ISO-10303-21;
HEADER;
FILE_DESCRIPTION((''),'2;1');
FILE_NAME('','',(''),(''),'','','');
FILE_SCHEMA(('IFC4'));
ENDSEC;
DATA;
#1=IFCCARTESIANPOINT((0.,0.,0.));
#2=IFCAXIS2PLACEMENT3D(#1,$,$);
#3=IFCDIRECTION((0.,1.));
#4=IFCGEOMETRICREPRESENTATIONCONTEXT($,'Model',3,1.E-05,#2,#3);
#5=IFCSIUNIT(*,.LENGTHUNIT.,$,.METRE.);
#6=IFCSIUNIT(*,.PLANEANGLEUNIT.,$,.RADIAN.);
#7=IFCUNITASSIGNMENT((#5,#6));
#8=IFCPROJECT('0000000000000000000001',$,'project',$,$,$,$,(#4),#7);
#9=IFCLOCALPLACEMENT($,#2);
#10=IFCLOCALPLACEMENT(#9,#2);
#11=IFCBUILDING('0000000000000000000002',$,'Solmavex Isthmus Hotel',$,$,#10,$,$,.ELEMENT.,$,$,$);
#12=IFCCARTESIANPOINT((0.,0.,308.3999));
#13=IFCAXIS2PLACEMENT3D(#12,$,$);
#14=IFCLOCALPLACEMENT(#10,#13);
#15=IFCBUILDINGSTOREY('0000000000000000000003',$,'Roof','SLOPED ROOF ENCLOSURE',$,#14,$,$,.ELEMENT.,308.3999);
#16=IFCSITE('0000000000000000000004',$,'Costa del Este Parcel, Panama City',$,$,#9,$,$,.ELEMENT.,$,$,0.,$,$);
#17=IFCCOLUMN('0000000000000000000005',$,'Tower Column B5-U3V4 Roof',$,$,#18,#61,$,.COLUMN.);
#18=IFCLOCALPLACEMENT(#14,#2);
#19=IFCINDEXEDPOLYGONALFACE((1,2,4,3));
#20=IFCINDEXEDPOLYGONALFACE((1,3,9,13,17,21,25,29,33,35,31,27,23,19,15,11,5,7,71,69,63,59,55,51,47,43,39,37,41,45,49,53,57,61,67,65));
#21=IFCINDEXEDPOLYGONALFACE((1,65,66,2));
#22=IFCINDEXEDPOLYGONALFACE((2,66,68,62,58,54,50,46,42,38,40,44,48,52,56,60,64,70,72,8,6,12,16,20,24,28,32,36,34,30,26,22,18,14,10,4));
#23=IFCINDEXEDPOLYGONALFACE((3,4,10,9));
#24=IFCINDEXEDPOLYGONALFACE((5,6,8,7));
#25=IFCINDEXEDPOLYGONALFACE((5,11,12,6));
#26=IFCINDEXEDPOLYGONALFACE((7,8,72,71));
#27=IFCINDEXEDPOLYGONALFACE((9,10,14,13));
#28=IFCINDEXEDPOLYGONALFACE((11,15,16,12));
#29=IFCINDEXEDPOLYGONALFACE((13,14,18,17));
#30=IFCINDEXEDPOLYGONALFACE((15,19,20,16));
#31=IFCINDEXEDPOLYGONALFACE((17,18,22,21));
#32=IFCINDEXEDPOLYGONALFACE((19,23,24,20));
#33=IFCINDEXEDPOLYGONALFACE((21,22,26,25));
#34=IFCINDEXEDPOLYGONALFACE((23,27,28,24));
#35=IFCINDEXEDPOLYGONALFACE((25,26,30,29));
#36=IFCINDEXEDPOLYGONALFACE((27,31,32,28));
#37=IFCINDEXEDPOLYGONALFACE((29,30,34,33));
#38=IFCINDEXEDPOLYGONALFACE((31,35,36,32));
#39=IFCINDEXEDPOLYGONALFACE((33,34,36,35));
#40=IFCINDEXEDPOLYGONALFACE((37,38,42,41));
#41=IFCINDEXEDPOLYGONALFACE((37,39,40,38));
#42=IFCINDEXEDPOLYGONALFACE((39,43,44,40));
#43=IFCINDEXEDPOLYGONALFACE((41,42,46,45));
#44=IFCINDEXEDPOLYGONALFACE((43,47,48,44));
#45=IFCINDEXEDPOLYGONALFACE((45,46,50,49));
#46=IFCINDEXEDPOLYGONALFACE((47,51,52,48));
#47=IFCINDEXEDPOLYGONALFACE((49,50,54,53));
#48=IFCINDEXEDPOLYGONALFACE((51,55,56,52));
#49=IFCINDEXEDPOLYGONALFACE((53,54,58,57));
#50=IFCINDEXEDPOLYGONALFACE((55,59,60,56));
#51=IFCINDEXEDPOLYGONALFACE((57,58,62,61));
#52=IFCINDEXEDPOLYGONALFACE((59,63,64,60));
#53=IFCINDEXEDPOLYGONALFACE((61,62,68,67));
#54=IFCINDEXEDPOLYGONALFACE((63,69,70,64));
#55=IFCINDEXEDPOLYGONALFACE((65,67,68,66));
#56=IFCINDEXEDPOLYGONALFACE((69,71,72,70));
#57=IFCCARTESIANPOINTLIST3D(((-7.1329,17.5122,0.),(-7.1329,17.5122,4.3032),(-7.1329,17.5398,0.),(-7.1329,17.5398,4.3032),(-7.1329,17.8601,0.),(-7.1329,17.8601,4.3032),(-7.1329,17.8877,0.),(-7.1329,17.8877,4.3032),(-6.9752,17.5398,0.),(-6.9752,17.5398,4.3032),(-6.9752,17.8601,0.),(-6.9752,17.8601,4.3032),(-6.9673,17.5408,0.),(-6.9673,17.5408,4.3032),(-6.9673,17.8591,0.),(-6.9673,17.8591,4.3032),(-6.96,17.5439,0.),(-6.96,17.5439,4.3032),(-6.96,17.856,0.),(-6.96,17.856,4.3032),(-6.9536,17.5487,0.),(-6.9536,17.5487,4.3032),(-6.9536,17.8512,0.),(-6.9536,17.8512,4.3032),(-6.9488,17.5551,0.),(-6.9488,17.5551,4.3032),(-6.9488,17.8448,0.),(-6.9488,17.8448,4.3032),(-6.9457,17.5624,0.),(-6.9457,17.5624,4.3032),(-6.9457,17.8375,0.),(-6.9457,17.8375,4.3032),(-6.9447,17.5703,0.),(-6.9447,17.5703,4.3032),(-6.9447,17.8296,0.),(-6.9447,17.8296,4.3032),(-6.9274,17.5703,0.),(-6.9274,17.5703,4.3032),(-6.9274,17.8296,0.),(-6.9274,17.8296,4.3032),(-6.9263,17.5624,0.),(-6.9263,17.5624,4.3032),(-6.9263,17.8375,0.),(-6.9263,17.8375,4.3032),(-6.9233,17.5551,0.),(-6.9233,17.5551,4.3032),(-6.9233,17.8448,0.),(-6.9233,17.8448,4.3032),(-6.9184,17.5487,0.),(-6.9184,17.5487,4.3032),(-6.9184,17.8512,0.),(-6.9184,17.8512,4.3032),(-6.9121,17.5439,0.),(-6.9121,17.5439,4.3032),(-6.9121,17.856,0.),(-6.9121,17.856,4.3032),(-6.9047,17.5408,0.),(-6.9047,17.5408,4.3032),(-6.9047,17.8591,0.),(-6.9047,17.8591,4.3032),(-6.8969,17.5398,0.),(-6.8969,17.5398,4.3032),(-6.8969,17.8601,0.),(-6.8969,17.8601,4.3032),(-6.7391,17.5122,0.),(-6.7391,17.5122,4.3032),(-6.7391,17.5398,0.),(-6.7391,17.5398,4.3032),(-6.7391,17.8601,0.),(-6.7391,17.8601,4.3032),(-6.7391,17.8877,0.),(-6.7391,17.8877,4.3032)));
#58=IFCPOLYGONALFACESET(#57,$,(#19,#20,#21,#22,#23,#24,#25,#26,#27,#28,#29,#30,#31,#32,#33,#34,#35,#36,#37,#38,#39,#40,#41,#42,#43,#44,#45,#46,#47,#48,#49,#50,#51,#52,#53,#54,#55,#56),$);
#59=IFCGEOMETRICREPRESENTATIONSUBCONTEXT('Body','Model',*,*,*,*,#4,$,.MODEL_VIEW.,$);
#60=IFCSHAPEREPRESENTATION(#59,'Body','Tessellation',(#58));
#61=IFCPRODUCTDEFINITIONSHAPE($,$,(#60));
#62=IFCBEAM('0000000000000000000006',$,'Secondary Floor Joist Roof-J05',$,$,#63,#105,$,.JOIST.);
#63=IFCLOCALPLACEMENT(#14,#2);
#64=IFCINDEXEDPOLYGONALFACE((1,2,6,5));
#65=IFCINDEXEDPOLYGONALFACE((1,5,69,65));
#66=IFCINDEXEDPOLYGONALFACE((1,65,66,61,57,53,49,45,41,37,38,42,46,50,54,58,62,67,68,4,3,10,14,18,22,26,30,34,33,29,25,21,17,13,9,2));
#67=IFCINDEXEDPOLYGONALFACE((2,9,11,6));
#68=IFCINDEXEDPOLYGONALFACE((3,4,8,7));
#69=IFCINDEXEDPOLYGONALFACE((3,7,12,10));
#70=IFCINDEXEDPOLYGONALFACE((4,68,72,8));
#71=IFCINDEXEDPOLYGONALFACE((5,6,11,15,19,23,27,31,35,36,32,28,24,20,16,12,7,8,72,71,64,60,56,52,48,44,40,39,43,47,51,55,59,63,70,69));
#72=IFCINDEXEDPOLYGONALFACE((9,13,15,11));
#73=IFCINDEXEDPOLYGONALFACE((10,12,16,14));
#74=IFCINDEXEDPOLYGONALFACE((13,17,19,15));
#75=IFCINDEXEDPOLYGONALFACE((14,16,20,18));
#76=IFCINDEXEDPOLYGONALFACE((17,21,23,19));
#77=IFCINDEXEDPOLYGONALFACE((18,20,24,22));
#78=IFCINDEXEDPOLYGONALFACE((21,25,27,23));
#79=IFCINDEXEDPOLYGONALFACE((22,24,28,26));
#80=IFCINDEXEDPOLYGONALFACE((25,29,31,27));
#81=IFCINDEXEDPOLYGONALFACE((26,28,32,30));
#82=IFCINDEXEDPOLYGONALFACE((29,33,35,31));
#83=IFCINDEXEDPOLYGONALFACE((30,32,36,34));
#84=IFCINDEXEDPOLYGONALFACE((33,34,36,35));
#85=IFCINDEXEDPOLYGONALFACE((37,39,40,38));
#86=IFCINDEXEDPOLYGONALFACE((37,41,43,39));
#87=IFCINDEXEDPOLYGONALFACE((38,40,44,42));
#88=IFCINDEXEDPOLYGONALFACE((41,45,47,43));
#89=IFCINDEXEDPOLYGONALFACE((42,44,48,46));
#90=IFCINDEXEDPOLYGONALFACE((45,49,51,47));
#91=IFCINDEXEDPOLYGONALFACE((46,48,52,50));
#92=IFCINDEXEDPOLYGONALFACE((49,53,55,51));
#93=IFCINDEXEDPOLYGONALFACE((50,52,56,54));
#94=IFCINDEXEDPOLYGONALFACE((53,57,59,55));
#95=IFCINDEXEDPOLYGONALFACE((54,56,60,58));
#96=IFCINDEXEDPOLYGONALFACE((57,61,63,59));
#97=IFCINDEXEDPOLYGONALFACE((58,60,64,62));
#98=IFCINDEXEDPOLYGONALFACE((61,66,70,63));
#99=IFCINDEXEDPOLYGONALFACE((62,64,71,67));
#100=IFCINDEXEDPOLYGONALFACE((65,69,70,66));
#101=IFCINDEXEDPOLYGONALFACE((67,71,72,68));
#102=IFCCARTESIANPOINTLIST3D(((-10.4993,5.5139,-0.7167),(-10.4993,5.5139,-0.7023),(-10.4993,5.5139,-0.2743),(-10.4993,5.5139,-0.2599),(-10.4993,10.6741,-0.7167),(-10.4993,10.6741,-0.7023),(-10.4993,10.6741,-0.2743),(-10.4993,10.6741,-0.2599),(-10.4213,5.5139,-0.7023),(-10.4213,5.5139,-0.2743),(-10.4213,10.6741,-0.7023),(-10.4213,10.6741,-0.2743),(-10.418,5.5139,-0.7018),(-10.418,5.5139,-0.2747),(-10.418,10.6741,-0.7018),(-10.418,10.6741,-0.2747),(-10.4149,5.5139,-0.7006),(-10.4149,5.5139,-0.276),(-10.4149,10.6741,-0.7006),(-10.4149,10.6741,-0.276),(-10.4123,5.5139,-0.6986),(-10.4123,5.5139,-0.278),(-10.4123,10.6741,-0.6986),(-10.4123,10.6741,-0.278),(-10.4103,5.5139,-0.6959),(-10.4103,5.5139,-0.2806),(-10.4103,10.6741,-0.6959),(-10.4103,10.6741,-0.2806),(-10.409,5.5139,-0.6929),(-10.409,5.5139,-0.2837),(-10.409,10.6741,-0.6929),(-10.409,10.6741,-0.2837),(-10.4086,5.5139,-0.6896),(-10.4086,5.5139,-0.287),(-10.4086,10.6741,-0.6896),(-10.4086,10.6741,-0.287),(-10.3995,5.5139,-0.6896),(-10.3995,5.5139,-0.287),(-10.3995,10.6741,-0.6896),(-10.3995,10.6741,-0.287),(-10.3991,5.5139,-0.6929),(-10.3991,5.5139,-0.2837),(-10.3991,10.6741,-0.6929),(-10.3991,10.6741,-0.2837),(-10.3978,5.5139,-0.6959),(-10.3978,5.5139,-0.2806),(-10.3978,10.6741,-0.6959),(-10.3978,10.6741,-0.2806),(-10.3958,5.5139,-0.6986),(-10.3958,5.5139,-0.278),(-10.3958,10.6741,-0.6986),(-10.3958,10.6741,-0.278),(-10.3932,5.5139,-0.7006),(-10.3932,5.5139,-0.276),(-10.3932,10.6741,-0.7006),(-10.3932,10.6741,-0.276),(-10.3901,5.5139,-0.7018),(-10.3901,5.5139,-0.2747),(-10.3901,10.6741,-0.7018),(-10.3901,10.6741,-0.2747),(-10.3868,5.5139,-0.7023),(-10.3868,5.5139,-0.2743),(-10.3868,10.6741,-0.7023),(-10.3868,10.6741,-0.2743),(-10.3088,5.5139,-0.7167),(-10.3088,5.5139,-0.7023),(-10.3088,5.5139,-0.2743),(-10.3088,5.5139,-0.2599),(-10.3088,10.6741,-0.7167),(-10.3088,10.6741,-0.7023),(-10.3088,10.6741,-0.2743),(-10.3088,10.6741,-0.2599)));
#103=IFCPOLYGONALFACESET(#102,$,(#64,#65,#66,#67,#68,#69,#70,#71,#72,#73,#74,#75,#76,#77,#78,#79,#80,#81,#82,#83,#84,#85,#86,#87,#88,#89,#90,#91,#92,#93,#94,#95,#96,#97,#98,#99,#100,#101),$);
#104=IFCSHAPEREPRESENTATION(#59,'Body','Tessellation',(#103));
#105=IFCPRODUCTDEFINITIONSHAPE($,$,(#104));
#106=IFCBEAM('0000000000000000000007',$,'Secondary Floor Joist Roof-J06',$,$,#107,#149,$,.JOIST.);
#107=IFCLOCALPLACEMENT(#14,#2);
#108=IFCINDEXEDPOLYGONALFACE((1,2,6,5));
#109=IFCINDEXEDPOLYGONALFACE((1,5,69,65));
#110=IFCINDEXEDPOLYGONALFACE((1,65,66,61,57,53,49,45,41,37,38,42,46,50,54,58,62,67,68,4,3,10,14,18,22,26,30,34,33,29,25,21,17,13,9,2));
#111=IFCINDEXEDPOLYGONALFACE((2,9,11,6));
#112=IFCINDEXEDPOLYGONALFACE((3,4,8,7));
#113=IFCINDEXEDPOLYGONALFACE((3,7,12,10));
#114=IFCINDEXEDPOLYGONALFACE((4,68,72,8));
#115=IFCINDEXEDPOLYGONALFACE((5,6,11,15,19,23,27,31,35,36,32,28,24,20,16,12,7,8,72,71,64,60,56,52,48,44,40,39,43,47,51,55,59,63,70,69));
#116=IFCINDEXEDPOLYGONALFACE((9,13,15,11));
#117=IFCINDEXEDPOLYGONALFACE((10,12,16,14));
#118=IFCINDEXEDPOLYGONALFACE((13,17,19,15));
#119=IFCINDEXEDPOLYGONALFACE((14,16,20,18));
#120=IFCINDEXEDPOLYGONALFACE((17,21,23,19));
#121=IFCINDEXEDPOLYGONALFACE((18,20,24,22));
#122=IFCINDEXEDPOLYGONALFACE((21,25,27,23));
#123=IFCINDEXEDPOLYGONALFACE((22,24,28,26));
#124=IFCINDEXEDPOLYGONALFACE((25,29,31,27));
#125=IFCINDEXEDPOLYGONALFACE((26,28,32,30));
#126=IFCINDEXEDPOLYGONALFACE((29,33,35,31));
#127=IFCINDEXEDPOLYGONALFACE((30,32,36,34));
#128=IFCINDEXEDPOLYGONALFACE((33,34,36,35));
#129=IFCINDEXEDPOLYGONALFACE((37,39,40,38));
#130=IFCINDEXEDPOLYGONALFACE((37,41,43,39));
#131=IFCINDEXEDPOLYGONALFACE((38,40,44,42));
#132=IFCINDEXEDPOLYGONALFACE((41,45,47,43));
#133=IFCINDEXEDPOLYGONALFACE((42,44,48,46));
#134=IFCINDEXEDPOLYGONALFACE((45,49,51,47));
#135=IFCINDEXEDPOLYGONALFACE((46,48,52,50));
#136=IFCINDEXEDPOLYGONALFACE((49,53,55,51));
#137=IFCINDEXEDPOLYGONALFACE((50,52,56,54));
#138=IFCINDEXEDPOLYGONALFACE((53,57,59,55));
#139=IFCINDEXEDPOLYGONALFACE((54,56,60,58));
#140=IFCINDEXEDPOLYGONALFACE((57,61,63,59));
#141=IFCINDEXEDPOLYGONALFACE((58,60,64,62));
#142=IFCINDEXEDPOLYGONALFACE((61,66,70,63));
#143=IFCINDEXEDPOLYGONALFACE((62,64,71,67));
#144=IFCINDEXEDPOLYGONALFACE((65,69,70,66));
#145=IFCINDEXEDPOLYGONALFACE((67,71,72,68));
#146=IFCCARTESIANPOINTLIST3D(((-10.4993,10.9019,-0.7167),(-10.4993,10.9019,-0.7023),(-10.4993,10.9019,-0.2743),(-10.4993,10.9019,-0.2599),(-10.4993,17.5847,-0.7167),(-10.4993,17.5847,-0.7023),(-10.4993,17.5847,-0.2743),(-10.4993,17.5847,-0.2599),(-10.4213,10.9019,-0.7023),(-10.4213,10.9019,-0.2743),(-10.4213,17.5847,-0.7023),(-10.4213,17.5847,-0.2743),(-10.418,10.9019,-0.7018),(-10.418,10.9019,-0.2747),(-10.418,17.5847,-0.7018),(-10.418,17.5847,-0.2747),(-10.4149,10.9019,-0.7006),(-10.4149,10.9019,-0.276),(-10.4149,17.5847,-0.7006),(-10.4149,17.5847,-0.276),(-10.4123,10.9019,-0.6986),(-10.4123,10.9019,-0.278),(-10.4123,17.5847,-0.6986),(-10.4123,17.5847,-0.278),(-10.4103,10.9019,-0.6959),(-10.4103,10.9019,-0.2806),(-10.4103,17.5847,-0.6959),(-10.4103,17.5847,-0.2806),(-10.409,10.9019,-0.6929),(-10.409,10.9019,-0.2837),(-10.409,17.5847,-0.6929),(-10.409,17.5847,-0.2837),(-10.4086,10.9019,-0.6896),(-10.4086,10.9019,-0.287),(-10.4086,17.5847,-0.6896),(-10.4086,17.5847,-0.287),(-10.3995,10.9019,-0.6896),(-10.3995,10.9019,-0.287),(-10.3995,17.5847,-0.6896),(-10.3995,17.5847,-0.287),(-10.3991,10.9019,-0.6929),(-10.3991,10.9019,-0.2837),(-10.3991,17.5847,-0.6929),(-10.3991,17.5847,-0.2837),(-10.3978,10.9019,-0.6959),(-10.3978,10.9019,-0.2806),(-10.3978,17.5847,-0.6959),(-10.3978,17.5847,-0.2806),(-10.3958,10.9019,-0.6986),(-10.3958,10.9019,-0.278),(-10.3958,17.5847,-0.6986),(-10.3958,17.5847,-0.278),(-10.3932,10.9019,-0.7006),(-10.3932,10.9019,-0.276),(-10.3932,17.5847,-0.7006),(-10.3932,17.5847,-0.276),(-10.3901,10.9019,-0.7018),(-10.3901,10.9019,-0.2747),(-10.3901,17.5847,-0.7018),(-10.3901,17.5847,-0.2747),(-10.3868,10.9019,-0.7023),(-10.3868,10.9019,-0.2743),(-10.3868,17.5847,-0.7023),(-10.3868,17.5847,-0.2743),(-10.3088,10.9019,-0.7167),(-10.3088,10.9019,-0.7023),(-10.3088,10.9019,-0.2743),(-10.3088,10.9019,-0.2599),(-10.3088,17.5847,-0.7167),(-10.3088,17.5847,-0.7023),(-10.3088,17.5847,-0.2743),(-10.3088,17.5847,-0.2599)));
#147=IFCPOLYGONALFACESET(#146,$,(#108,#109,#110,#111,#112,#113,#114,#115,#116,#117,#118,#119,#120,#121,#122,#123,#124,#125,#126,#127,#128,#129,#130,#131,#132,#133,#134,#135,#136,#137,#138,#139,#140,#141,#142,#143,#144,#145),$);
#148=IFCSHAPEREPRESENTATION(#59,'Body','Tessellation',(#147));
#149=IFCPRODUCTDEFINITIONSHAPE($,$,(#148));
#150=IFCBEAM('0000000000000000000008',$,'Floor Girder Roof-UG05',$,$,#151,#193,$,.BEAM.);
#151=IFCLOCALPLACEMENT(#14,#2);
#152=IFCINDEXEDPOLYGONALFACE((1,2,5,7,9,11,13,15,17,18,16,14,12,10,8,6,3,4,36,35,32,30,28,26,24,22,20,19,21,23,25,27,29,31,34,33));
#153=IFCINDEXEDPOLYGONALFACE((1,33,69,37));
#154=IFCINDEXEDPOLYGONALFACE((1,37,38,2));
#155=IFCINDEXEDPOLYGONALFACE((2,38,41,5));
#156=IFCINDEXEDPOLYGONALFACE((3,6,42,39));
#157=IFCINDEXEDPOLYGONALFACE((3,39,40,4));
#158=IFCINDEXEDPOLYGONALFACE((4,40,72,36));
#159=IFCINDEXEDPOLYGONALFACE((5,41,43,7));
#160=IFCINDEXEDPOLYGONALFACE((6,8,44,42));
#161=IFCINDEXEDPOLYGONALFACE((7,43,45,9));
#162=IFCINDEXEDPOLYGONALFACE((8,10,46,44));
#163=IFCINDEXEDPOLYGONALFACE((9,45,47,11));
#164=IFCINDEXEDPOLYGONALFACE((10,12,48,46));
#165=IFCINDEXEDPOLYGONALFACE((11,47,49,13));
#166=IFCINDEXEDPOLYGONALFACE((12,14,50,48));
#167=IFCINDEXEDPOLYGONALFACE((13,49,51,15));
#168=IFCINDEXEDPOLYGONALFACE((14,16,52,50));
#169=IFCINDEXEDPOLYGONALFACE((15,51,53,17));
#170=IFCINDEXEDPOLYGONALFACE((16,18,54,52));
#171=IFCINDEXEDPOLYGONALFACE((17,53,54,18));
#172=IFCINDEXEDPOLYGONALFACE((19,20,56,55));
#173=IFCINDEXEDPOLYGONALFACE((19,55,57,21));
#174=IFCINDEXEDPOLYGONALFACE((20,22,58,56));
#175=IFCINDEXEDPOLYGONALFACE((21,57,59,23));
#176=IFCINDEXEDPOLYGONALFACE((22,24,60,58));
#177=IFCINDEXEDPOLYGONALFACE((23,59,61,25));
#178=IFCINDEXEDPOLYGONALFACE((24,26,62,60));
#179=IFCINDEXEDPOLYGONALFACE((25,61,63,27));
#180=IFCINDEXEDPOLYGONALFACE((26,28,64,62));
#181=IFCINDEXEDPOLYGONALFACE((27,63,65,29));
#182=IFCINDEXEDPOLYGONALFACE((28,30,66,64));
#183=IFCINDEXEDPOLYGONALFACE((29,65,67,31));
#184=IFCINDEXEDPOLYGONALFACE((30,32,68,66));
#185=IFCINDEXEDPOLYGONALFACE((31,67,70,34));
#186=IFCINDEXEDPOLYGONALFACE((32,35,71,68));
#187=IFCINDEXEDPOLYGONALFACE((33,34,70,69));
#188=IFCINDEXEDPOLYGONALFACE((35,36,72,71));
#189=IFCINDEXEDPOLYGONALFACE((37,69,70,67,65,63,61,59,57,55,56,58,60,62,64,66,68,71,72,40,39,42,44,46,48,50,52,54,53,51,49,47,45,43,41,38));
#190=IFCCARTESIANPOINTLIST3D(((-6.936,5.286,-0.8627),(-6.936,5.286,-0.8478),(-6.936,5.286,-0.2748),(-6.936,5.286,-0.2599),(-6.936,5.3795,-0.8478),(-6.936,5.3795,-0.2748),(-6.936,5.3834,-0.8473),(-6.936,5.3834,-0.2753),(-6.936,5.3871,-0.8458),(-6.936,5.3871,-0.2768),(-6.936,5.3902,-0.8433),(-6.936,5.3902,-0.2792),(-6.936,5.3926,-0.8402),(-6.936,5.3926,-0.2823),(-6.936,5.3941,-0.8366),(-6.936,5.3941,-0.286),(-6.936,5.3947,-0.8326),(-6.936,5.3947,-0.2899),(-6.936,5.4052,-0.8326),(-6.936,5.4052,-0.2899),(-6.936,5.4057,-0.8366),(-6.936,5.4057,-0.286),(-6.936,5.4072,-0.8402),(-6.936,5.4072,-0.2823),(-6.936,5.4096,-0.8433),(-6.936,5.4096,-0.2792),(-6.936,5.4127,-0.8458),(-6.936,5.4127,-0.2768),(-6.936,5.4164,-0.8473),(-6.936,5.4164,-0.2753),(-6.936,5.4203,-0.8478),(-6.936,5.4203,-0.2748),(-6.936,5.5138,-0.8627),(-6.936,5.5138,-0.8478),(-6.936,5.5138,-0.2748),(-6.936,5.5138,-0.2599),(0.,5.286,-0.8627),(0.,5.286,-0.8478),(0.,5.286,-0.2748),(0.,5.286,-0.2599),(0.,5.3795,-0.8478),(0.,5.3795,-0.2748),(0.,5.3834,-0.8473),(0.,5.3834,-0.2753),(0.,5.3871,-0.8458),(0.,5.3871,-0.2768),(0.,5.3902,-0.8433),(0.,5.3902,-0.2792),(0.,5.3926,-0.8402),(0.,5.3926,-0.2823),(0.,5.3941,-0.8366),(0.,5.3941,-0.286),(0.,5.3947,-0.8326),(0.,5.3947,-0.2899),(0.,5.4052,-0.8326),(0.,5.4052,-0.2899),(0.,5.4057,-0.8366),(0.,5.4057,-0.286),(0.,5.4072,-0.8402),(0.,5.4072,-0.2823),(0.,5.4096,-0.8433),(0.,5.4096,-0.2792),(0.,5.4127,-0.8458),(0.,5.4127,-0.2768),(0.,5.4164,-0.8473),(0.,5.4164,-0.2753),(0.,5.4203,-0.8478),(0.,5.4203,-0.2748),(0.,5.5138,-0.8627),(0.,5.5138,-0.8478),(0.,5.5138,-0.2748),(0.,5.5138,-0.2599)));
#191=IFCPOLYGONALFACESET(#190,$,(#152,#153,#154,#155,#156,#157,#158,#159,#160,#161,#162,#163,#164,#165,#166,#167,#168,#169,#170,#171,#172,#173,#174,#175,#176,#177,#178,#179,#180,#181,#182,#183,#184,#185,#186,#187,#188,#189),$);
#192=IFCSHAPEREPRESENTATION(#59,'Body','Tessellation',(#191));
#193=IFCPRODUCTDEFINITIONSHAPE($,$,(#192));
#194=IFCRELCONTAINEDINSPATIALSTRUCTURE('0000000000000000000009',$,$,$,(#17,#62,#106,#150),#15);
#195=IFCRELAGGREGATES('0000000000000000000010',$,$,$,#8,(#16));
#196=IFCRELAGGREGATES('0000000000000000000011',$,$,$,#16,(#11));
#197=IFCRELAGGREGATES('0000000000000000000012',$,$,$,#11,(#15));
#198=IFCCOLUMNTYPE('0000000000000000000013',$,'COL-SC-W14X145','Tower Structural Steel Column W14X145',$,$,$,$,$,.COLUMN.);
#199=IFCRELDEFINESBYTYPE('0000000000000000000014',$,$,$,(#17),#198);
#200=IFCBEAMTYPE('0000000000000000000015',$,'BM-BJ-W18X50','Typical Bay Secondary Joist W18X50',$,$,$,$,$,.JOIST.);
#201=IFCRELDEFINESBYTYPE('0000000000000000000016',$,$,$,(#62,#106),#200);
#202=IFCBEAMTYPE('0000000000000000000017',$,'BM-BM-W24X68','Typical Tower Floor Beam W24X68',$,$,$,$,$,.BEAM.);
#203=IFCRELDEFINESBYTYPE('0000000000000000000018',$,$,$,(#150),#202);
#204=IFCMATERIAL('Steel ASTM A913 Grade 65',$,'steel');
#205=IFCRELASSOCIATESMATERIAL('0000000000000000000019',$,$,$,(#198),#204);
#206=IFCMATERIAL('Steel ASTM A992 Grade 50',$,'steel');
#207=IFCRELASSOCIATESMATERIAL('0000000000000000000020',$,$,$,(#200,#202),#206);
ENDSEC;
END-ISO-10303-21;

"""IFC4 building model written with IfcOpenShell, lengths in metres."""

from ifc_helpers import new_model, si_unit, direction, frame, origin, origin_2d, place, context, subcontext, project, spatial, i_section, extrude, material, material_profile, profile_set, type_object, element, save


model = new_model("IFC4")

# Units and contexts
model_context = context("Model", 3, precision=1e-05, world=origin(), true_north=direction((0.0, 1.0)))
body_context = subcontext(model_context, "Body", "Model", "MODEL_VIEW")
ifc_project = project(units=[si_unit("LENGTHUNIT", "METRE"), si_unit("PLANEANGLEUNIT", "RADIAN")], contexts=[model_context])

# Site, building, storey
site_placement = place(None, origin())
site = spatial("IfcSite", under=ifc_project, at=site_placement, Name="Costa del Este Parcel, Panama City", CompositionType="ELEMENT", RefElevation=0.0)
building_placement = place(site_placement, origin())
building = spatial("IfcBuilding", under=site, at=building_placement, Name="Solmavex Isthmus Hotel", CompositionType="ELEMENT")
storey_placement = place(building_placement, frame((0.0, 0.0, 308.3999)))
storey = spatial("IfcBuildingStorey", under=building, at=storey_placement, Name="Roof", Description="SLOPED ROOF ENCLOSURE", CompositionType="ELEMENT", Elevation=308.3999)

# Column
ifc_material_1 = material(Name="Steel ASTM A913 Grade 65", Category="steel")
ifc_material_profile_1 = material_profile(ifc_material_1, i_section(OverallWidth=0.3938, OverallDepth=0.3755, WebThickness=0.0173, FlangeThickness=0.0276, FilletRadius=0.0305, at=origin_2d()), Name="W14X145")
ifc_profile_set_1 = profile_set([ifc_material_profile_1], Name="Steel ASTM A913 Grade 65")
column_type = type_object("IfcColumnType", Name="COL-SC-W14X145", Description="Tower Structural Steel Column W14X145", PredefinedType="COLUMN", material=ifc_profile_set_1)
for number, where, z_axis, x_axis, name in (
    (1, (-6.936, 17.7, 0.0), (0.0, 0.0, 1.0), (1.0, 0.0, 0.0), "Tower Column B5-U3V4 Roof"),
):
    element("IfcColumn", number, at=place(storey_placement, frame(where, z_axis=z_axis, x_axis=x_axis)), inside=storey, type_object=column_type, Name=name, PredefinedType="COLUMN", context=body_context, shape_type="SweptSolid", body=[
        extrude(i_section(OverallWidth=0.3938, OverallDepth=0.3755, WebThickness=0.0173, FlangeThickness=0.0276, FilletRadius=0.0305, at=origin_2d()), origin(), (0.0, 0.0, 1.0), 4.3032),
    ])

# Beams
ifc_material_2 = material(Name="Steel ASTM A992 Grade 50", Category="steel")
ifc_material_profile_2 = material_profile(ifc_material_2, i_section(OverallWidth=0.1904, OverallDepth=0.4568, WebThickness=0.009, FlangeThickness=0.0144, FilletRadius=0.0127, at=origin_2d()), Name="W18X50")
ifc_profile_set_2 = profile_set([ifc_material_profile_2], Name="Steel ASTM A992 Grade 50")
beam_type_1 = type_object("IfcBeamType", Name="BM-BJ-W18X50", Description="Typical Bay Secondary Joist W18X50", PredefinedType="JOIST", material=ifc_profile_set_2)
beam_1_placement = place(storey_placement, frame((-10.4041, 5.5139, -0.4883), z_axis=(0.0, 1.0, 0.0), x_axis=(-1.0, 0.0, 0.0)))
element("IfcBeam", 2, at=beam_1_placement, inside=storey, type_object=beam_type_1, Name="Secondary Floor Joist Roof-J05", PredefinedType="JOIST", context=body_context, shape_type="SweptSolid", body=[
    extrude(i_section(OverallWidth=0.1904, OverallDepth=0.4568, WebThickness=0.009, FlangeThickness=0.0144, FilletRadius=0.0127, at=origin_2d()), origin(), (0.0, 0.0, 1.0), 5.1602),
])
beam_2_placement = place(storey_placement, frame((-10.4041, 10.9019, -0.4883), z_axis=(0.0, 1.0, 0.0), x_axis=(-1.0, 0.0, 0.0)))
element("IfcBeam", 3, at=beam_2_placement, inside=storey, type_object=beam_type_1, Name="Secondary Floor Joist Roof-J06", PredefinedType="JOIST", context=body_context, shape_type="SweptSolid", body=[
    extrude(i_section(OverallWidth=0.1904, OverallDepth=0.4568, WebThickness=0.009, FlangeThickness=0.0144, FilletRadius=0.0127, at=origin_2d()), origin(), (0.0, 0.0, 1.0), 6.6829),
])
ifc_material_profile_3 = material_profile(ifc_material_2, i_section(OverallWidth=0.2278, OverallDepth=0.6028, WebThickness=0.0105, FlangeThickness=0.0149, FilletRadius=0.0151, at=origin_2d()), Name="W24X68")
ifc_profile_set_3 = profile_set([ifc_material_profile_3], Name="Steel ASTM A992 Grade 50")
beam_type_2 = type_object("IfcBeamType", Name="BM-BM-W24X68", Description="Typical Tower Floor Beam W24X68", PredefinedType="BEAM", material=ifc_profile_set_3)
for number, where, z_axis, x_axis, name in (
    (4, (-6.936, 5.3999, -0.5613), (1.0, 0.0, 0.0), (0.0, 1.0, 0.0), "Floor Girder Roof-UG05"),
):
    element("IfcBeam", number, at=place(storey_placement, frame(where, z_axis=z_axis, x_axis=x_axis)), inside=storey, type_object=beam_type_2, Name=name, PredefinedType="BEAM", context=body_context, shape_type="SweptSolid", body=[
        extrude(i_section(OverallWidth=0.2278, OverallDepth=0.6028, WebThickness=0.0105, FlangeThickness=0.0149, FilletRadius=0.0151, at=origin_2d()), origin(), (0.0, 0.0, 1.0), 6.936),
    ])

save(model, "model.ifc")
